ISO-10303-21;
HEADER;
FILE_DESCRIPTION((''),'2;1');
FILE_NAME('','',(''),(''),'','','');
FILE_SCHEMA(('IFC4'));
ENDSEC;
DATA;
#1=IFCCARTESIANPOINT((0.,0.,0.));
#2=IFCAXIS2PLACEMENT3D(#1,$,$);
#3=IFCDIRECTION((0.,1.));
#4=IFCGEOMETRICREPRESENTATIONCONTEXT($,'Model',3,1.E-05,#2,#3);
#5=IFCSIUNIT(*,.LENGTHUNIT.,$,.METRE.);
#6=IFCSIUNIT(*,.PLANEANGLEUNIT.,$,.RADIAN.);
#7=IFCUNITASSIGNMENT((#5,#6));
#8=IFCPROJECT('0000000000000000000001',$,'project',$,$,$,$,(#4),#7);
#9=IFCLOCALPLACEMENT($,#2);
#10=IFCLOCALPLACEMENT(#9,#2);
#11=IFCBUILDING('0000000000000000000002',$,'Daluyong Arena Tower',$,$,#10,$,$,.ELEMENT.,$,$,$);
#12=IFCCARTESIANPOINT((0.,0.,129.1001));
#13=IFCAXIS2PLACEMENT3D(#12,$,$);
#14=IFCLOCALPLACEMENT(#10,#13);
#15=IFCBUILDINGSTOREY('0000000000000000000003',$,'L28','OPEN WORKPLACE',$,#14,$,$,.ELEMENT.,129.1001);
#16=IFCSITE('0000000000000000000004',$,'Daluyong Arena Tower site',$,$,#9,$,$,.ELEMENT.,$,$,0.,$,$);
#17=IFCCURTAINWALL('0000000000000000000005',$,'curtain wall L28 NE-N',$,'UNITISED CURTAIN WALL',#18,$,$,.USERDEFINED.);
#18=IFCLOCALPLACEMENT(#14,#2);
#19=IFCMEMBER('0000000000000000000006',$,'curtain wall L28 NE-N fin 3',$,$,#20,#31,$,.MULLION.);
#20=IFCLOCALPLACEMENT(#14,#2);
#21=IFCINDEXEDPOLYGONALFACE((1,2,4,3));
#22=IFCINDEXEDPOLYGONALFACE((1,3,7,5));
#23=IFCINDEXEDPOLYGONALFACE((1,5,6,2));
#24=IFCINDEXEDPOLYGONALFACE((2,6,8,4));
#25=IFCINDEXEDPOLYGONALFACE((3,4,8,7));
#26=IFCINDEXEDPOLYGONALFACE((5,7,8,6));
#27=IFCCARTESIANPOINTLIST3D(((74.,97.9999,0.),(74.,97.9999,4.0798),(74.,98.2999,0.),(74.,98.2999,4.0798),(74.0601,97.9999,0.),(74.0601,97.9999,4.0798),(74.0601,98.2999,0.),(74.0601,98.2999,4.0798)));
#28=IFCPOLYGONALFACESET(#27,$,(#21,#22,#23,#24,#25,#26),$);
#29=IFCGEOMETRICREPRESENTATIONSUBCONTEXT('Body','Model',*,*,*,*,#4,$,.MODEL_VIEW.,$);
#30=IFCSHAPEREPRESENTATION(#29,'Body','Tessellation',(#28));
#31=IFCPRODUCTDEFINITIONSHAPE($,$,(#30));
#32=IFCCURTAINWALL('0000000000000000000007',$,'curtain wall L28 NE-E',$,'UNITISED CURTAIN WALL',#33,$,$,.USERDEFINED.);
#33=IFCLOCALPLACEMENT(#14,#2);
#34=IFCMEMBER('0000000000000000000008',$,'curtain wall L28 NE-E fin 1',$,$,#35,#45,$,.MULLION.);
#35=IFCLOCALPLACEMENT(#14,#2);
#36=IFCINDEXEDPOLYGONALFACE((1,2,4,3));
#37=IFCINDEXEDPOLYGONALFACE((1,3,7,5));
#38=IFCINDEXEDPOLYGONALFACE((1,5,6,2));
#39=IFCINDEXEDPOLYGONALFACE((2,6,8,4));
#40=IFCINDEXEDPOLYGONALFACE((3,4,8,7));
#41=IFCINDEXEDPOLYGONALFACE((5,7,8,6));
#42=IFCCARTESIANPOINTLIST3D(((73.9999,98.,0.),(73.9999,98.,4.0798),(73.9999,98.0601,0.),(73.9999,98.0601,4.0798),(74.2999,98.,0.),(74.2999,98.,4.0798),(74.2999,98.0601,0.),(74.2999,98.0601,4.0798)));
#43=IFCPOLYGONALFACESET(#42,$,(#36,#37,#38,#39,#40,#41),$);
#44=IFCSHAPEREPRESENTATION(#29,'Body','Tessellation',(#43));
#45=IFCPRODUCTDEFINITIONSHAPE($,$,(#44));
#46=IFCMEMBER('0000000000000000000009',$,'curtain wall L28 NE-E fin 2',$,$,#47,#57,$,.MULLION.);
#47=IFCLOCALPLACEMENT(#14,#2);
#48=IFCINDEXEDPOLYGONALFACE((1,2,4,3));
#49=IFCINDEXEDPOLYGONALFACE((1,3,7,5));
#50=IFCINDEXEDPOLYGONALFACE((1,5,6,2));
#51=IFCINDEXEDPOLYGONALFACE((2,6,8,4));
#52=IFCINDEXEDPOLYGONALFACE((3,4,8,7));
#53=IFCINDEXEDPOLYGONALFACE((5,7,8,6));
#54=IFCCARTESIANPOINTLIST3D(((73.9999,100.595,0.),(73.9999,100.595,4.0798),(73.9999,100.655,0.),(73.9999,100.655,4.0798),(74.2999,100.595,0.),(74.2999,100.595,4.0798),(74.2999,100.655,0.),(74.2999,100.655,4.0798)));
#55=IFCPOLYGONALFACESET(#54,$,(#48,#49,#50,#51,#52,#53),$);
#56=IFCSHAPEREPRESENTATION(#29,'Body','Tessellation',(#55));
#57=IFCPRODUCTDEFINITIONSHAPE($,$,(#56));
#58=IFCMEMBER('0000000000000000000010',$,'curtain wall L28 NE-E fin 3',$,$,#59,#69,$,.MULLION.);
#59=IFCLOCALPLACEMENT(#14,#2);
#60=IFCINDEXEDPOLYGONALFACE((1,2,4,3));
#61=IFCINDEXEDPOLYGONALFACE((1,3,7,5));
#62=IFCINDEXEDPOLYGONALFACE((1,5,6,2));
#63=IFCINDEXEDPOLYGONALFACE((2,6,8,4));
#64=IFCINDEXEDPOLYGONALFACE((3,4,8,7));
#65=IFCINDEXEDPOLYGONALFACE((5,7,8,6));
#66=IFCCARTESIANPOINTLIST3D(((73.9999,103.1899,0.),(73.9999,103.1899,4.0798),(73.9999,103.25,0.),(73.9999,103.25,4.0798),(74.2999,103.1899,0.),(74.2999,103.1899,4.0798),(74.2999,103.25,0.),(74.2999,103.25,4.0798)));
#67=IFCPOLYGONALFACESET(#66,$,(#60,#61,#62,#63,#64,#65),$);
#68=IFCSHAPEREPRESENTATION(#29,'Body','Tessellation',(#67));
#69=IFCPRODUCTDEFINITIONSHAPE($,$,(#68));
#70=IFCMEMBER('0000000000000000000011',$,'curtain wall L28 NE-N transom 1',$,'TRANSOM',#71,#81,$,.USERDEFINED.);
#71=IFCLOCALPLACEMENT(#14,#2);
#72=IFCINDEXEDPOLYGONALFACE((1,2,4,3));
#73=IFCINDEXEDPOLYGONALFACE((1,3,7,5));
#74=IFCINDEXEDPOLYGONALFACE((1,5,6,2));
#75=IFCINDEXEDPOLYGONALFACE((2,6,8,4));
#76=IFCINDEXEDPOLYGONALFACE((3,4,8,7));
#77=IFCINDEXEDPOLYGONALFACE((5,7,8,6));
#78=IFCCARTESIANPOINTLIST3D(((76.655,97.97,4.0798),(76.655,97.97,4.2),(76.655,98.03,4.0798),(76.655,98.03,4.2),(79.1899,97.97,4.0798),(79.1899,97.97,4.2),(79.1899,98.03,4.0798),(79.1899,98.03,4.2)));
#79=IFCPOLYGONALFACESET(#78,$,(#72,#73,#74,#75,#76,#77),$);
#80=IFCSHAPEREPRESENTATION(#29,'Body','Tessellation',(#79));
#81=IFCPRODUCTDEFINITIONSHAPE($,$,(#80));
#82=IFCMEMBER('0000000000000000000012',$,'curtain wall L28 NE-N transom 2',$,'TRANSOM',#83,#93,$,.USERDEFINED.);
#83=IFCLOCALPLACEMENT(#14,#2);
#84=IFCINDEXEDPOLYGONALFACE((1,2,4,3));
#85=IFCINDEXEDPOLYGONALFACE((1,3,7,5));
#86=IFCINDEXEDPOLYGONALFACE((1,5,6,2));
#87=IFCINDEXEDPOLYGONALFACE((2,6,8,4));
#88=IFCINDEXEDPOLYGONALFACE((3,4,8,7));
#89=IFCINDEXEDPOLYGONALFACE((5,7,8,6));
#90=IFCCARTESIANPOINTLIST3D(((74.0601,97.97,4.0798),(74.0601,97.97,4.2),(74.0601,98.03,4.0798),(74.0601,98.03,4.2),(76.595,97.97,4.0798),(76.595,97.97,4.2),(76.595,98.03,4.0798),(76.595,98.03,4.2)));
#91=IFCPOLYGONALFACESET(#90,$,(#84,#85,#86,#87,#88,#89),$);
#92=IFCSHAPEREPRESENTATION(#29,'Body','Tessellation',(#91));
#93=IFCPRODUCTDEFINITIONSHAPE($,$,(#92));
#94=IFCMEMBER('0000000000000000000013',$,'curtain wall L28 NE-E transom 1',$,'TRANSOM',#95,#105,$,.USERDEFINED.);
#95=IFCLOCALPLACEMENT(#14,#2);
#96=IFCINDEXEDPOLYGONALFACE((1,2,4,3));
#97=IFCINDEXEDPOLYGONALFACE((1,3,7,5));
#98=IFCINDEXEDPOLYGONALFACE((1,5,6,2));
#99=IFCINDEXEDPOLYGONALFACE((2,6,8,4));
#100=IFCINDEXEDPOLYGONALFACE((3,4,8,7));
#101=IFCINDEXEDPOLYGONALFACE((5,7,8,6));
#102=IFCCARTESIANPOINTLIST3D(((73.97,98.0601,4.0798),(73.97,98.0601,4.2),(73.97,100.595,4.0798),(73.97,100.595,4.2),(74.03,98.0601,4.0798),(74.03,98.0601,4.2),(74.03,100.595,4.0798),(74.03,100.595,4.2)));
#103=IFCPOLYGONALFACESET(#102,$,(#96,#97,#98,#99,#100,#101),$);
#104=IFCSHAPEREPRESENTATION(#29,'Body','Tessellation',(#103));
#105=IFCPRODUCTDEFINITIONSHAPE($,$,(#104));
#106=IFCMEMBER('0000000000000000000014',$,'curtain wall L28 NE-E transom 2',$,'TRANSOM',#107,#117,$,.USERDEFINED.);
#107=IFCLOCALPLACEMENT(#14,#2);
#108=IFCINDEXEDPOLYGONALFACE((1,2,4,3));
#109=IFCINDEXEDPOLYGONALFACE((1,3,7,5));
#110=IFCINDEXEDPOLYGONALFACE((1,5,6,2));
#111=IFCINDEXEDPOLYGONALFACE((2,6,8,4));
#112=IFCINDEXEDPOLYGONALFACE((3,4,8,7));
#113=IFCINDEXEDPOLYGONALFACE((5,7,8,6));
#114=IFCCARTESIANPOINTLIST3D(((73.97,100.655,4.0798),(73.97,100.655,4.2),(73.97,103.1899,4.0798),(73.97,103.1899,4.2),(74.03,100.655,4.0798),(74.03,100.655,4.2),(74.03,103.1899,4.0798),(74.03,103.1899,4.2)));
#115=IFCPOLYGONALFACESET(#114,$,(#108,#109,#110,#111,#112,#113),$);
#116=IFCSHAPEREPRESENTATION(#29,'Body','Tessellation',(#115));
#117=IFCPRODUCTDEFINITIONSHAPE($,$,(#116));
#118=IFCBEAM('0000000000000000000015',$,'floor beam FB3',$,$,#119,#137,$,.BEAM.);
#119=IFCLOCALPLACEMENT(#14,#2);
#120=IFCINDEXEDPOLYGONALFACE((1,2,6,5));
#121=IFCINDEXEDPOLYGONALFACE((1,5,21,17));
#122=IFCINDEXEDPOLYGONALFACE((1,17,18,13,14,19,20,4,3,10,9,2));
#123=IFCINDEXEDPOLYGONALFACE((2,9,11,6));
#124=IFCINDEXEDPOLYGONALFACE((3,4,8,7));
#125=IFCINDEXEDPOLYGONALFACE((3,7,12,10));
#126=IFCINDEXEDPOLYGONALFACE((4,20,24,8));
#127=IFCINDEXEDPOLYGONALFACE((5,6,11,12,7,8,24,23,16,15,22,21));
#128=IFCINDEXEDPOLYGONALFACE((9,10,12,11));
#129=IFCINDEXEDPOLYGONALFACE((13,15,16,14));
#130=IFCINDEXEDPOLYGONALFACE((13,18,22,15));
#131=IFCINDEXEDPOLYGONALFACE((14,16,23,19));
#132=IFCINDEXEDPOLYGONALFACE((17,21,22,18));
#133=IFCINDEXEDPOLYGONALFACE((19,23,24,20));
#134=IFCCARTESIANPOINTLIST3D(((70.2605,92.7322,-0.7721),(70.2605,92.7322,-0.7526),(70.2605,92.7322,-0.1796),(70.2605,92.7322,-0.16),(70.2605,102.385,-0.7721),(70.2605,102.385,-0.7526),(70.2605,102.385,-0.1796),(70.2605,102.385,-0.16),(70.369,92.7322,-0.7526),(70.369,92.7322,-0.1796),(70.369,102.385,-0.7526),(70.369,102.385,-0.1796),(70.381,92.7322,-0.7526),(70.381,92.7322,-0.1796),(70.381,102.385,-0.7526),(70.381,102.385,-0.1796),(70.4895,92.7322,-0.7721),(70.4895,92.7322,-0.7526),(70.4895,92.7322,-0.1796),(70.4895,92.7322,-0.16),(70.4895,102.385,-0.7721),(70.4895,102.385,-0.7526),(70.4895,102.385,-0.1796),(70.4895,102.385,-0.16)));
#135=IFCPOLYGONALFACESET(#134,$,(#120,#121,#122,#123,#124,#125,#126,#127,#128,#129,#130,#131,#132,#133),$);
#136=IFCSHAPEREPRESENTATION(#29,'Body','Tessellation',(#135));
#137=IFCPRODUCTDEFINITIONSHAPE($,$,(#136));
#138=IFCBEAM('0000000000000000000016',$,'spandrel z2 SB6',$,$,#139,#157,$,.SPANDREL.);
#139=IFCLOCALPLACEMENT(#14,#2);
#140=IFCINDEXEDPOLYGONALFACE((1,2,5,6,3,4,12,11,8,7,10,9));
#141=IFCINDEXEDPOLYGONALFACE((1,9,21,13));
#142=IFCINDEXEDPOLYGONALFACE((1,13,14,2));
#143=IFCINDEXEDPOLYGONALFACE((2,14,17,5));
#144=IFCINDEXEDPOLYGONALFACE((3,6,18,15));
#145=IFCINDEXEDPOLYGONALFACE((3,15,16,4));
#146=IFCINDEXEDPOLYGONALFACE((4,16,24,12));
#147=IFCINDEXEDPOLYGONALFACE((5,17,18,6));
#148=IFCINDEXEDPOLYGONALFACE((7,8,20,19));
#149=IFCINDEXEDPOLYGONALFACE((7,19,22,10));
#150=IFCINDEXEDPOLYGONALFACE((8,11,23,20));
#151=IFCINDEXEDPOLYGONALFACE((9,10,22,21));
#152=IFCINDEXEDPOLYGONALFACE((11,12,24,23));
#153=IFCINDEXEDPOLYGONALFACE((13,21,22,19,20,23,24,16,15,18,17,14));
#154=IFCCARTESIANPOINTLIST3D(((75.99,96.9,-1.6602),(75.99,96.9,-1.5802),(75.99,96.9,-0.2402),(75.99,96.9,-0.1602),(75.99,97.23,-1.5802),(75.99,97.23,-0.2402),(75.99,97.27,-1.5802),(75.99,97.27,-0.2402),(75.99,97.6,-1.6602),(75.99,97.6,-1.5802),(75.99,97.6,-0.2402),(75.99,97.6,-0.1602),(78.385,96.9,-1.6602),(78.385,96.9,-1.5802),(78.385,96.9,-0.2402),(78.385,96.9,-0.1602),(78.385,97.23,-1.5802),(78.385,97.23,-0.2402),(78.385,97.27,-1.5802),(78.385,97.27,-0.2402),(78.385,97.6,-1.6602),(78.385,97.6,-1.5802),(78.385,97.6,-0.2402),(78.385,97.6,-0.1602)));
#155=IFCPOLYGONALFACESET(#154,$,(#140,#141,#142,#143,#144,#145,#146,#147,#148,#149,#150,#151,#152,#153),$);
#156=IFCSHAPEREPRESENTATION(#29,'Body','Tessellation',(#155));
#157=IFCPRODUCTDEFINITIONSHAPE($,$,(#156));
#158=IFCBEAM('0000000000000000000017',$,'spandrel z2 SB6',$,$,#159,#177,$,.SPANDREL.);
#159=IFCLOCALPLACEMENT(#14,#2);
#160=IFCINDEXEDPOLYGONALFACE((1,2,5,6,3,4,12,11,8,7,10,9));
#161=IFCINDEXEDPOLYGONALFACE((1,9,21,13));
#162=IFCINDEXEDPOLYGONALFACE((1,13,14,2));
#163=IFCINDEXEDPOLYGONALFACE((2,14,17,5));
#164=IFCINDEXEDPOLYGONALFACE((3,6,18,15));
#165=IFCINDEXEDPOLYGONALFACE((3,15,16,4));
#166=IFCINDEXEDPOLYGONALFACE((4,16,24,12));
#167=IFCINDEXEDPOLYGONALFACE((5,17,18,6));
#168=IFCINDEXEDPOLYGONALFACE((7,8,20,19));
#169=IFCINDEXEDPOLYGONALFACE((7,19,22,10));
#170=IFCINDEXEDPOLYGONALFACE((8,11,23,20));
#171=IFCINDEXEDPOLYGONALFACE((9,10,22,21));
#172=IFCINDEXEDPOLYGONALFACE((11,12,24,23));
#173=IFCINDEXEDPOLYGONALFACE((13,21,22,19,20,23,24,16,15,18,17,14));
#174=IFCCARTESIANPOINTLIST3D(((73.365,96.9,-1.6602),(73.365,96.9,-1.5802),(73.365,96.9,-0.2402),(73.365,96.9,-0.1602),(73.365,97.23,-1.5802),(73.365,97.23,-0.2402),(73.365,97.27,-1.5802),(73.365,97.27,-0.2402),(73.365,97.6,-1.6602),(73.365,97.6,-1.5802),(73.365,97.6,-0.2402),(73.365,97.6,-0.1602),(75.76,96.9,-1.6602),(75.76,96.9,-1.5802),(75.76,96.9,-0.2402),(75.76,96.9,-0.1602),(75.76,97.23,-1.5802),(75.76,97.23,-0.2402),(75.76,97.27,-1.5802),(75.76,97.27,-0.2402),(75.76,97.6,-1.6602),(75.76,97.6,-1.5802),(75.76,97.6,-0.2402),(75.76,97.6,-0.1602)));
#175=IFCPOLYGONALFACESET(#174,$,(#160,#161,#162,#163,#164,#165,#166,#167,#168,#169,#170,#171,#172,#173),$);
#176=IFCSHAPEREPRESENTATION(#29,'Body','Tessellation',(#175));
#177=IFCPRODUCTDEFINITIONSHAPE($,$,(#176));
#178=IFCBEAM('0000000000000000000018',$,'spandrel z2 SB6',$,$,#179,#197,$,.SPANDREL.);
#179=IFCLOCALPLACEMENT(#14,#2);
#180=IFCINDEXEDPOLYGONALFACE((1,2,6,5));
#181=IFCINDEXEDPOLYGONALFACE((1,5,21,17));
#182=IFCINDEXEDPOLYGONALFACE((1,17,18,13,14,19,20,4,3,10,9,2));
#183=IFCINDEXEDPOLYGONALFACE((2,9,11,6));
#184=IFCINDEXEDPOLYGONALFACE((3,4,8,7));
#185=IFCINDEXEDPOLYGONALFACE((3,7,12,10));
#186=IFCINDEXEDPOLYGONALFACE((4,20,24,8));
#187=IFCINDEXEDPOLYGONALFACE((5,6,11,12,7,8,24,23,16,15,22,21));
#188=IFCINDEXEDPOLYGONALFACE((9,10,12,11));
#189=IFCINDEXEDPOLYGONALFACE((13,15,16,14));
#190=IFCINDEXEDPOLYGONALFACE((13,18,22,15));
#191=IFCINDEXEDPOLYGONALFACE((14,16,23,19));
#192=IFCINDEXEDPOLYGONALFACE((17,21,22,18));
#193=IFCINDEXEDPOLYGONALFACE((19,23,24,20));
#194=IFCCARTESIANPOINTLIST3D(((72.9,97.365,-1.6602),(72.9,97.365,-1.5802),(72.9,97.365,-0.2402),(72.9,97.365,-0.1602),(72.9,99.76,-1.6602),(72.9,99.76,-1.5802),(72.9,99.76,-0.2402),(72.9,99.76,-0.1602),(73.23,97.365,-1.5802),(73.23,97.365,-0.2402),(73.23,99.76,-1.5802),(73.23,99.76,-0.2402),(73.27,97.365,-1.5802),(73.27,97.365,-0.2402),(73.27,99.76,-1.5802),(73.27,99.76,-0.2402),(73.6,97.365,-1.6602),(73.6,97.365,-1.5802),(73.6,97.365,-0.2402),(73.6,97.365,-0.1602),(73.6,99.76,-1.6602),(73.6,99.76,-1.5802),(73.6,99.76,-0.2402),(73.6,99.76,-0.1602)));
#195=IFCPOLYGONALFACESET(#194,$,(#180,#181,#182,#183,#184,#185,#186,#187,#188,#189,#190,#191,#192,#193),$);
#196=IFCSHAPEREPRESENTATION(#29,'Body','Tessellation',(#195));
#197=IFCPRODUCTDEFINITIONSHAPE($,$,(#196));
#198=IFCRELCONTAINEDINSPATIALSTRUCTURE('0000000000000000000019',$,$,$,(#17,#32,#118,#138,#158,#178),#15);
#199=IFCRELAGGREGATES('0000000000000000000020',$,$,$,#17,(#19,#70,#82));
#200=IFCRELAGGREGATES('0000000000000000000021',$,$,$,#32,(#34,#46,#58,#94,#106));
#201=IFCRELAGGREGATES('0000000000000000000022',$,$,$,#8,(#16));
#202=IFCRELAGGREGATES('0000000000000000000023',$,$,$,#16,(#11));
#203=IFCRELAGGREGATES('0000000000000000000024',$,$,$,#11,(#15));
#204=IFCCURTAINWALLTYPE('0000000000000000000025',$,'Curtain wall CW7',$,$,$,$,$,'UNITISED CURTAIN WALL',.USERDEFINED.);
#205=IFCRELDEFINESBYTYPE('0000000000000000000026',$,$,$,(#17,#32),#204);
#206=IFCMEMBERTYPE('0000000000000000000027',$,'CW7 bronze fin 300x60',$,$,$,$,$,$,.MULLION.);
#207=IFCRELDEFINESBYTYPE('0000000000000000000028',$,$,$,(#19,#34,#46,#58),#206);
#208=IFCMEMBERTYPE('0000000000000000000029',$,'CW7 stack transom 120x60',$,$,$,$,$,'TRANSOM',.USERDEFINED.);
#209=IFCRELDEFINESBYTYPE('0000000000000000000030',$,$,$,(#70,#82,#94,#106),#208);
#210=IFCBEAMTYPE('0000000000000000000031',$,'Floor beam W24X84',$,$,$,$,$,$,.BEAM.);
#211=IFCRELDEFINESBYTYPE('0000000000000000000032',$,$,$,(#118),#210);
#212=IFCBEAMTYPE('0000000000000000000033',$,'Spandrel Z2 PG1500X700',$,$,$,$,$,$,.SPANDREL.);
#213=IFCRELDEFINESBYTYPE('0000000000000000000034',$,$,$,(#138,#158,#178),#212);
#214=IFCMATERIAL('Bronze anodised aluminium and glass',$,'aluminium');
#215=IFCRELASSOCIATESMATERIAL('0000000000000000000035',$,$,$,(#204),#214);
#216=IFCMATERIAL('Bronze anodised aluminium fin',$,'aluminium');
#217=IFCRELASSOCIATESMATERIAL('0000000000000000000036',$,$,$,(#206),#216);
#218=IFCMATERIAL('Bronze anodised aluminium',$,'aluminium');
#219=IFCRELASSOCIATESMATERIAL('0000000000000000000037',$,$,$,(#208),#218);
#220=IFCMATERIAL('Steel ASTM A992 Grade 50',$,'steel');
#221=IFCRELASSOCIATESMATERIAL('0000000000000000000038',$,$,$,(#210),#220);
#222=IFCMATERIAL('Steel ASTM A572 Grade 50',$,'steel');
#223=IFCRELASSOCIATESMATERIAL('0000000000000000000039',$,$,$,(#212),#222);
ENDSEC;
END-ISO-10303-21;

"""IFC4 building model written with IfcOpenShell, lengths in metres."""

from ifc_helpers import new_model, si_unit, direction, frame, origin, origin_2d, place, context, subcontext, project, spatial, rectangle, i_section, extrude, material, material_profile, profile_set, type_object, element, aggregate, save


model = new_model("IFC4")

# Units and contexts
model_context = context("Model", 3, precision=1e-05, world=origin(), true_north=direction((0.0, 1.0)))
body_context = subcontext(model_context, "Body", "Model", "MODEL_VIEW")
ifc_project = project(units=[si_unit("LENGTHUNIT", "METRE"), si_unit("PLANEANGLEUNIT", "RADIAN")], contexts=[model_context])

# Site, building, storey
site_placement = place(None, origin())
site = spatial("IfcSite", under=ifc_project, at=site_placement, Name="Daluyong Arena Tower site", CompositionType="ELEMENT", RefElevation=0.0)
building_placement = place(site_placement, origin())
building = spatial("IfcBuilding", under=site, at=building_placement, Name="Daluyong Arena Tower", CompositionType="ELEMENT")
storey_placement = place(building_placement, frame((0.0, 0.0, 129.1001)))
storey = spatial("IfcBuildingStorey", under=building, at=storey_placement, Name="L28", Description="OPEN WORKPLACE", CompositionType="ELEMENT", Elevation=129.1001)

# Curtain walls, members
ifc_material_1 = material(Name="Bronze anodised aluminium and glass", Category="aluminium")
curtain_wall_type_1 = type_object("IfcCurtainWallType", Name="Curtain wall CW7", ElementType="UNITISED CURTAIN WALL", PredefinedType="USERDEFINED", material=ifc_material_1)
curtain_wall_1_placement = place(storey_placement, origin())
curtain_wall_1 = element("IfcCurtainWall", 1, at=curtain_wall_1_placement, inside=storey, type_object=curtain_wall_type_1, Name="curtain wall L28 NE-N", ObjectType="UNITISED CURTAIN WALL", PredefinedType="USERDEFINED")
ifc_material_2 = material(Name="Bronze anodised aluminium fin", Category="aluminium")
ifc_material_profile_1 = material_profile(ifc_material_2, rectangle(XDim=0.3, YDim=0.0601, at=origin_2d()))
ifc_profile_set_1 = profile_set([ifc_material_profile_1], Name="Bronze anodised aluminium fin")
member_type_1 = type_object("IfcMemberType", Name="CW7 bronze fin 300x60", PredefinedType="MULLION", material=ifc_profile_set_1)
member_1_placement = place(storey_placement, frame((74.03, 98.1499, 0.0), z_axis=(0.0, 0.0, 1.0), x_axis=(0.0, -1.0, 0.0)))
member_1 = element("IfcMember", 2, at=member_1_placement, type_object=member_type_1, Name="curtain wall L28 NE-N fin 3", PredefinedType="MULLION", context=body_context, shape_type="SweptSolid", body=[
    extrude(rectangle(XDim=0.3, YDim=0.0601, at=origin_2d()), origin(), (0.0, 0.0, 1.0), 4.0798),
])
curtain_wall_2_placement = place(storey_placement, origin())
curtain_wall_2 = element("IfcCurtainWall", 3, at=curtain_wall_2_placement, inside=storey, type_object=curtain_wall_type_1, Name="curtain wall L28 NE-E", ObjectType="UNITISED CURTAIN WALL", PredefinedType="USERDEFINED")
member_2_placement = place(storey_placement, frame((74.1499, 98.03, 0.0), z_axis=(0.0, 0.0, 1.0), x_axis=(-1.0, 0.0, 0.0)))
member_2 = element("IfcMember", 4, at=member_2_placement, type_object=member_type_1, Name="curtain wall L28 NE-E fin 1", PredefinedType="MULLION", context=body_context, shape_type="SweptSolid", body=[
    extrude(rectangle(XDim=0.3, YDim=0.0601, at=origin_2d()), origin(), (0.0, 0.0, 1.0), 4.0798),
])
member_3_placement = place(storey_placement, frame((74.1499, 100.625, 0.0), z_axis=(0.0, 0.0, 1.0), x_axis=(-1.0, 0.0, 0.0)))
member_3 = element("IfcMember", 5, at=member_3_placement, type_object=member_type_1, Name="curtain wall L28 NE-E fin 2", PredefinedType="MULLION", context=body_context, shape_type="SweptSolid", body=[
    extrude(rectangle(XDim=0.3, YDim=0.0601, at=origin_2d()), origin(), (0.0, 0.0, 1.0), 4.0798),
])
member_4_placement = place(storey_placement, frame((74.1499, 103.22, 0.0), z_axis=(0.0, 0.0, 1.0), x_axis=(-1.0, 0.0, 0.0)))
member_4 = element("IfcMember", 6, at=member_4_placement, type_object=member_type_1, Name="curtain wall L28 NE-E fin 3", PredefinedType="MULLION", context=body_context, shape_type="SweptSolid", body=[
    extrude(rectangle(XDim=0.3, YDim=0.0601, at=origin_2d()), origin(), (0.0, 0.0, 1.0), 4.0798),
])

# Members
ifc_material_3 = material(Name="Bronze anodised aluminium", Category="aluminium")
ifc_material_profile_2 = material_profile(ifc_material_3, rectangle(XDim=0.0601, YDim=0.1201, at=origin_2d()))
ifc_profile_set_2 = profile_set([ifc_material_profile_2], Name="Bronze anodised aluminium")
member_type_2 = type_object("IfcMemberType", Name="CW7 stack transom 120x60", ElementType="TRANSOM", PredefinedType="USERDEFINED", material=ifc_profile_set_2)
member_5_placement = place(storey_placement, frame((79.1899, 98.0, 4.1399), z_axis=(-1.0, 0.0, 0.0), x_axis=(0.0, -1.0, 0.0)))
member_5 = element("IfcMember", 7, at=member_5_placement, type_object=member_type_2, Name="curtain wall L28 NE-N transom 1", ObjectType="TRANSOM", PredefinedType="USERDEFINED", context=body_context, shape_type="SweptSolid", body=[
    extrude(rectangle(XDim=0.0601, YDim=0.1201, at=origin_2d()), origin(), (0.0, 0.0, 1.0), 2.5349),
])
member_6_placement = place(storey_placement, frame((76.595, 98.0, 4.1399), z_axis=(-1.0, 0.0, 0.0), x_axis=(0.0, -1.0, 0.0)))
member_6 = element("IfcMember", 8, at=member_6_placement, type_object=member_type_2, Name="curtain wall L28 NE-N transom 2", ObjectType="TRANSOM", PredefinedType="USERDEFINED", context=body_context, shape_type="SweptSolid", body=[
    extrude(rectangle(XDim=0.0601, YDim=0.1201, at=origin_2d()), origin(), (0.0, 0.0, 1.0), 2.5349),
])
member_7_placement = place(storey_placement, frame((74.0, 98.0601, 4.1399), z_axis=(0.0, 1.0, 0.0), x_axis=(-1.0, 0.0, 0.0)))
member_7 = element("IfcMember", 9, at=member_7_placement, type_object=member_type_2, Name="curtain wall L28 NE-E transom 1", ObjectType="TRANSOM", PredefinedType="USERDEFINED", context=body_context, shape_type="SweptSolid", body=[
    extrude(rectangle(XDim=0.0601, YDim=0.1201, at=origin_2d()), origin(), (0.0, 0.0, 1.0), 2.5349),
])
member_8_placement = place(storey_placement, frame((74.0, 100.655, 4.1399), z_axis=(0.0, 1.0, 0.0), x_axis=(-1.0, 0.0, 0.0)))
member_8 = element("IfcMember", 10, at=member_8_placement, type_object=member_type_2, Name="curtain wall L28 NE-E transom 2", ObjectType="TRANSOM", PredefinedType="USERDEFINED", context=body_context, shape_type="SweptSolid", body=[
    extrude(rectangle(XDim=0.0601, YDim=0.1201, at=origin_2d()), origin(), (0.0, 0.0, 1.0), 2.5349),
])

# Beams
ifc_material_4 = material(Name="Steel ASTM A992 Grade 50", Category="steel")
ifc_material_profile_3 = material_profile(ifc_material_4, i_section(OverallWidth=0.229, OverallDepth=0.6121, WebThickness=0.012, FlangeThickness=0.0195, at=origin_2d()))
ifc_profile_set_3 = profile_set([ifc_material_profile_3], Name="Steel ASTM A992 Grade 50")
beam_type_1 = type_object("IfcBeamType", Name="Floor beam W24X84", PredefinedType="BEAM", material=ifc_profile_set_3)
beam_placement = place(storey_placement, frame((70.375, 102.385, -0.4661), z_axis=(0.0, -1.0, 0.0), x_axis=(1.0, 0.0, 0.0)))
element("IfcBeam", 11, at=beam_placement, inside=storey, type_object=beam_type_1, Name="floor beam FB3", PredefinedType="BEAM", context=body_context, shape_type="SweptSolid", body=[
    extrude(i_section(OverallWidth=0.229, OverallDepth=0.6121, WebThickness=0.012, FlangeThickness=0.0195, at=origin_2d()), origin(), (0.0, 0.0, 1.0), 9.6528),
])
ifc_material_5 = material(Name="Steel ASTM A572 Grade 50", Category="steel")
ifc_material_profile_4 = material_profile(ifc_material_5, i_section(OverallWidth=0.7, OverallDepth=1.5, WebThickness=0.04, FlangeThickness=0.08, at=origin_2d()))
ifc_profile_set_4 = profile_set([ifc_material_profile_4], Name="Steel ASTM A572 Grade 50")
beam_type_2 = type_object("IfcBeamType", Name="Spandrel Z2 PG1500X700", PredefinedType="SPANDREL", material=ifc_profile_set_4)
for number, where, z_axis, x_axis, name in (
    (12, (78.385, 97.25, -0.9102), (-1.0, 0.0, 0.0), (0.0, -1.0, 0.0), "spandrel z2 SB6"),
    (13, (75.76, 97.25, -0.9102), (-1.0, 0.0, 0.0), (0.0, -1.0, 0.0), "spandrel z2 SB6"),
    (14, (73.25, 97.365, -0.9102), (0.0, 1.0, 0.0), (-1.0, 0.0, 0.0), "spandrel z2 SB6"),
):
    element("IfcBeam", number, at=place(storey_placement, frame(where, z_axis=z_axis, x_axis=x_axis)), inside=storey, type_object=beam_type_2, Name=name, PredefinedType="SPANDREL", context=body_context, shape_type="SweptSolid", body=[
        extrude(i_section(OverallWidth=0.7, OverallDepth=1.5, WebThickness=0.04, FlangeThickness=0.08, at=origin_2d()), origin(), (0.0, 0.0, 1.0), 2.395),
    ])

aggregate(curtain_wall_1, [member_1, member_5, member_6])
aggregate(curtain_wall_2, [member_2, member_3, member_4, member_7, member_8])

save(model, "model.ifc")
